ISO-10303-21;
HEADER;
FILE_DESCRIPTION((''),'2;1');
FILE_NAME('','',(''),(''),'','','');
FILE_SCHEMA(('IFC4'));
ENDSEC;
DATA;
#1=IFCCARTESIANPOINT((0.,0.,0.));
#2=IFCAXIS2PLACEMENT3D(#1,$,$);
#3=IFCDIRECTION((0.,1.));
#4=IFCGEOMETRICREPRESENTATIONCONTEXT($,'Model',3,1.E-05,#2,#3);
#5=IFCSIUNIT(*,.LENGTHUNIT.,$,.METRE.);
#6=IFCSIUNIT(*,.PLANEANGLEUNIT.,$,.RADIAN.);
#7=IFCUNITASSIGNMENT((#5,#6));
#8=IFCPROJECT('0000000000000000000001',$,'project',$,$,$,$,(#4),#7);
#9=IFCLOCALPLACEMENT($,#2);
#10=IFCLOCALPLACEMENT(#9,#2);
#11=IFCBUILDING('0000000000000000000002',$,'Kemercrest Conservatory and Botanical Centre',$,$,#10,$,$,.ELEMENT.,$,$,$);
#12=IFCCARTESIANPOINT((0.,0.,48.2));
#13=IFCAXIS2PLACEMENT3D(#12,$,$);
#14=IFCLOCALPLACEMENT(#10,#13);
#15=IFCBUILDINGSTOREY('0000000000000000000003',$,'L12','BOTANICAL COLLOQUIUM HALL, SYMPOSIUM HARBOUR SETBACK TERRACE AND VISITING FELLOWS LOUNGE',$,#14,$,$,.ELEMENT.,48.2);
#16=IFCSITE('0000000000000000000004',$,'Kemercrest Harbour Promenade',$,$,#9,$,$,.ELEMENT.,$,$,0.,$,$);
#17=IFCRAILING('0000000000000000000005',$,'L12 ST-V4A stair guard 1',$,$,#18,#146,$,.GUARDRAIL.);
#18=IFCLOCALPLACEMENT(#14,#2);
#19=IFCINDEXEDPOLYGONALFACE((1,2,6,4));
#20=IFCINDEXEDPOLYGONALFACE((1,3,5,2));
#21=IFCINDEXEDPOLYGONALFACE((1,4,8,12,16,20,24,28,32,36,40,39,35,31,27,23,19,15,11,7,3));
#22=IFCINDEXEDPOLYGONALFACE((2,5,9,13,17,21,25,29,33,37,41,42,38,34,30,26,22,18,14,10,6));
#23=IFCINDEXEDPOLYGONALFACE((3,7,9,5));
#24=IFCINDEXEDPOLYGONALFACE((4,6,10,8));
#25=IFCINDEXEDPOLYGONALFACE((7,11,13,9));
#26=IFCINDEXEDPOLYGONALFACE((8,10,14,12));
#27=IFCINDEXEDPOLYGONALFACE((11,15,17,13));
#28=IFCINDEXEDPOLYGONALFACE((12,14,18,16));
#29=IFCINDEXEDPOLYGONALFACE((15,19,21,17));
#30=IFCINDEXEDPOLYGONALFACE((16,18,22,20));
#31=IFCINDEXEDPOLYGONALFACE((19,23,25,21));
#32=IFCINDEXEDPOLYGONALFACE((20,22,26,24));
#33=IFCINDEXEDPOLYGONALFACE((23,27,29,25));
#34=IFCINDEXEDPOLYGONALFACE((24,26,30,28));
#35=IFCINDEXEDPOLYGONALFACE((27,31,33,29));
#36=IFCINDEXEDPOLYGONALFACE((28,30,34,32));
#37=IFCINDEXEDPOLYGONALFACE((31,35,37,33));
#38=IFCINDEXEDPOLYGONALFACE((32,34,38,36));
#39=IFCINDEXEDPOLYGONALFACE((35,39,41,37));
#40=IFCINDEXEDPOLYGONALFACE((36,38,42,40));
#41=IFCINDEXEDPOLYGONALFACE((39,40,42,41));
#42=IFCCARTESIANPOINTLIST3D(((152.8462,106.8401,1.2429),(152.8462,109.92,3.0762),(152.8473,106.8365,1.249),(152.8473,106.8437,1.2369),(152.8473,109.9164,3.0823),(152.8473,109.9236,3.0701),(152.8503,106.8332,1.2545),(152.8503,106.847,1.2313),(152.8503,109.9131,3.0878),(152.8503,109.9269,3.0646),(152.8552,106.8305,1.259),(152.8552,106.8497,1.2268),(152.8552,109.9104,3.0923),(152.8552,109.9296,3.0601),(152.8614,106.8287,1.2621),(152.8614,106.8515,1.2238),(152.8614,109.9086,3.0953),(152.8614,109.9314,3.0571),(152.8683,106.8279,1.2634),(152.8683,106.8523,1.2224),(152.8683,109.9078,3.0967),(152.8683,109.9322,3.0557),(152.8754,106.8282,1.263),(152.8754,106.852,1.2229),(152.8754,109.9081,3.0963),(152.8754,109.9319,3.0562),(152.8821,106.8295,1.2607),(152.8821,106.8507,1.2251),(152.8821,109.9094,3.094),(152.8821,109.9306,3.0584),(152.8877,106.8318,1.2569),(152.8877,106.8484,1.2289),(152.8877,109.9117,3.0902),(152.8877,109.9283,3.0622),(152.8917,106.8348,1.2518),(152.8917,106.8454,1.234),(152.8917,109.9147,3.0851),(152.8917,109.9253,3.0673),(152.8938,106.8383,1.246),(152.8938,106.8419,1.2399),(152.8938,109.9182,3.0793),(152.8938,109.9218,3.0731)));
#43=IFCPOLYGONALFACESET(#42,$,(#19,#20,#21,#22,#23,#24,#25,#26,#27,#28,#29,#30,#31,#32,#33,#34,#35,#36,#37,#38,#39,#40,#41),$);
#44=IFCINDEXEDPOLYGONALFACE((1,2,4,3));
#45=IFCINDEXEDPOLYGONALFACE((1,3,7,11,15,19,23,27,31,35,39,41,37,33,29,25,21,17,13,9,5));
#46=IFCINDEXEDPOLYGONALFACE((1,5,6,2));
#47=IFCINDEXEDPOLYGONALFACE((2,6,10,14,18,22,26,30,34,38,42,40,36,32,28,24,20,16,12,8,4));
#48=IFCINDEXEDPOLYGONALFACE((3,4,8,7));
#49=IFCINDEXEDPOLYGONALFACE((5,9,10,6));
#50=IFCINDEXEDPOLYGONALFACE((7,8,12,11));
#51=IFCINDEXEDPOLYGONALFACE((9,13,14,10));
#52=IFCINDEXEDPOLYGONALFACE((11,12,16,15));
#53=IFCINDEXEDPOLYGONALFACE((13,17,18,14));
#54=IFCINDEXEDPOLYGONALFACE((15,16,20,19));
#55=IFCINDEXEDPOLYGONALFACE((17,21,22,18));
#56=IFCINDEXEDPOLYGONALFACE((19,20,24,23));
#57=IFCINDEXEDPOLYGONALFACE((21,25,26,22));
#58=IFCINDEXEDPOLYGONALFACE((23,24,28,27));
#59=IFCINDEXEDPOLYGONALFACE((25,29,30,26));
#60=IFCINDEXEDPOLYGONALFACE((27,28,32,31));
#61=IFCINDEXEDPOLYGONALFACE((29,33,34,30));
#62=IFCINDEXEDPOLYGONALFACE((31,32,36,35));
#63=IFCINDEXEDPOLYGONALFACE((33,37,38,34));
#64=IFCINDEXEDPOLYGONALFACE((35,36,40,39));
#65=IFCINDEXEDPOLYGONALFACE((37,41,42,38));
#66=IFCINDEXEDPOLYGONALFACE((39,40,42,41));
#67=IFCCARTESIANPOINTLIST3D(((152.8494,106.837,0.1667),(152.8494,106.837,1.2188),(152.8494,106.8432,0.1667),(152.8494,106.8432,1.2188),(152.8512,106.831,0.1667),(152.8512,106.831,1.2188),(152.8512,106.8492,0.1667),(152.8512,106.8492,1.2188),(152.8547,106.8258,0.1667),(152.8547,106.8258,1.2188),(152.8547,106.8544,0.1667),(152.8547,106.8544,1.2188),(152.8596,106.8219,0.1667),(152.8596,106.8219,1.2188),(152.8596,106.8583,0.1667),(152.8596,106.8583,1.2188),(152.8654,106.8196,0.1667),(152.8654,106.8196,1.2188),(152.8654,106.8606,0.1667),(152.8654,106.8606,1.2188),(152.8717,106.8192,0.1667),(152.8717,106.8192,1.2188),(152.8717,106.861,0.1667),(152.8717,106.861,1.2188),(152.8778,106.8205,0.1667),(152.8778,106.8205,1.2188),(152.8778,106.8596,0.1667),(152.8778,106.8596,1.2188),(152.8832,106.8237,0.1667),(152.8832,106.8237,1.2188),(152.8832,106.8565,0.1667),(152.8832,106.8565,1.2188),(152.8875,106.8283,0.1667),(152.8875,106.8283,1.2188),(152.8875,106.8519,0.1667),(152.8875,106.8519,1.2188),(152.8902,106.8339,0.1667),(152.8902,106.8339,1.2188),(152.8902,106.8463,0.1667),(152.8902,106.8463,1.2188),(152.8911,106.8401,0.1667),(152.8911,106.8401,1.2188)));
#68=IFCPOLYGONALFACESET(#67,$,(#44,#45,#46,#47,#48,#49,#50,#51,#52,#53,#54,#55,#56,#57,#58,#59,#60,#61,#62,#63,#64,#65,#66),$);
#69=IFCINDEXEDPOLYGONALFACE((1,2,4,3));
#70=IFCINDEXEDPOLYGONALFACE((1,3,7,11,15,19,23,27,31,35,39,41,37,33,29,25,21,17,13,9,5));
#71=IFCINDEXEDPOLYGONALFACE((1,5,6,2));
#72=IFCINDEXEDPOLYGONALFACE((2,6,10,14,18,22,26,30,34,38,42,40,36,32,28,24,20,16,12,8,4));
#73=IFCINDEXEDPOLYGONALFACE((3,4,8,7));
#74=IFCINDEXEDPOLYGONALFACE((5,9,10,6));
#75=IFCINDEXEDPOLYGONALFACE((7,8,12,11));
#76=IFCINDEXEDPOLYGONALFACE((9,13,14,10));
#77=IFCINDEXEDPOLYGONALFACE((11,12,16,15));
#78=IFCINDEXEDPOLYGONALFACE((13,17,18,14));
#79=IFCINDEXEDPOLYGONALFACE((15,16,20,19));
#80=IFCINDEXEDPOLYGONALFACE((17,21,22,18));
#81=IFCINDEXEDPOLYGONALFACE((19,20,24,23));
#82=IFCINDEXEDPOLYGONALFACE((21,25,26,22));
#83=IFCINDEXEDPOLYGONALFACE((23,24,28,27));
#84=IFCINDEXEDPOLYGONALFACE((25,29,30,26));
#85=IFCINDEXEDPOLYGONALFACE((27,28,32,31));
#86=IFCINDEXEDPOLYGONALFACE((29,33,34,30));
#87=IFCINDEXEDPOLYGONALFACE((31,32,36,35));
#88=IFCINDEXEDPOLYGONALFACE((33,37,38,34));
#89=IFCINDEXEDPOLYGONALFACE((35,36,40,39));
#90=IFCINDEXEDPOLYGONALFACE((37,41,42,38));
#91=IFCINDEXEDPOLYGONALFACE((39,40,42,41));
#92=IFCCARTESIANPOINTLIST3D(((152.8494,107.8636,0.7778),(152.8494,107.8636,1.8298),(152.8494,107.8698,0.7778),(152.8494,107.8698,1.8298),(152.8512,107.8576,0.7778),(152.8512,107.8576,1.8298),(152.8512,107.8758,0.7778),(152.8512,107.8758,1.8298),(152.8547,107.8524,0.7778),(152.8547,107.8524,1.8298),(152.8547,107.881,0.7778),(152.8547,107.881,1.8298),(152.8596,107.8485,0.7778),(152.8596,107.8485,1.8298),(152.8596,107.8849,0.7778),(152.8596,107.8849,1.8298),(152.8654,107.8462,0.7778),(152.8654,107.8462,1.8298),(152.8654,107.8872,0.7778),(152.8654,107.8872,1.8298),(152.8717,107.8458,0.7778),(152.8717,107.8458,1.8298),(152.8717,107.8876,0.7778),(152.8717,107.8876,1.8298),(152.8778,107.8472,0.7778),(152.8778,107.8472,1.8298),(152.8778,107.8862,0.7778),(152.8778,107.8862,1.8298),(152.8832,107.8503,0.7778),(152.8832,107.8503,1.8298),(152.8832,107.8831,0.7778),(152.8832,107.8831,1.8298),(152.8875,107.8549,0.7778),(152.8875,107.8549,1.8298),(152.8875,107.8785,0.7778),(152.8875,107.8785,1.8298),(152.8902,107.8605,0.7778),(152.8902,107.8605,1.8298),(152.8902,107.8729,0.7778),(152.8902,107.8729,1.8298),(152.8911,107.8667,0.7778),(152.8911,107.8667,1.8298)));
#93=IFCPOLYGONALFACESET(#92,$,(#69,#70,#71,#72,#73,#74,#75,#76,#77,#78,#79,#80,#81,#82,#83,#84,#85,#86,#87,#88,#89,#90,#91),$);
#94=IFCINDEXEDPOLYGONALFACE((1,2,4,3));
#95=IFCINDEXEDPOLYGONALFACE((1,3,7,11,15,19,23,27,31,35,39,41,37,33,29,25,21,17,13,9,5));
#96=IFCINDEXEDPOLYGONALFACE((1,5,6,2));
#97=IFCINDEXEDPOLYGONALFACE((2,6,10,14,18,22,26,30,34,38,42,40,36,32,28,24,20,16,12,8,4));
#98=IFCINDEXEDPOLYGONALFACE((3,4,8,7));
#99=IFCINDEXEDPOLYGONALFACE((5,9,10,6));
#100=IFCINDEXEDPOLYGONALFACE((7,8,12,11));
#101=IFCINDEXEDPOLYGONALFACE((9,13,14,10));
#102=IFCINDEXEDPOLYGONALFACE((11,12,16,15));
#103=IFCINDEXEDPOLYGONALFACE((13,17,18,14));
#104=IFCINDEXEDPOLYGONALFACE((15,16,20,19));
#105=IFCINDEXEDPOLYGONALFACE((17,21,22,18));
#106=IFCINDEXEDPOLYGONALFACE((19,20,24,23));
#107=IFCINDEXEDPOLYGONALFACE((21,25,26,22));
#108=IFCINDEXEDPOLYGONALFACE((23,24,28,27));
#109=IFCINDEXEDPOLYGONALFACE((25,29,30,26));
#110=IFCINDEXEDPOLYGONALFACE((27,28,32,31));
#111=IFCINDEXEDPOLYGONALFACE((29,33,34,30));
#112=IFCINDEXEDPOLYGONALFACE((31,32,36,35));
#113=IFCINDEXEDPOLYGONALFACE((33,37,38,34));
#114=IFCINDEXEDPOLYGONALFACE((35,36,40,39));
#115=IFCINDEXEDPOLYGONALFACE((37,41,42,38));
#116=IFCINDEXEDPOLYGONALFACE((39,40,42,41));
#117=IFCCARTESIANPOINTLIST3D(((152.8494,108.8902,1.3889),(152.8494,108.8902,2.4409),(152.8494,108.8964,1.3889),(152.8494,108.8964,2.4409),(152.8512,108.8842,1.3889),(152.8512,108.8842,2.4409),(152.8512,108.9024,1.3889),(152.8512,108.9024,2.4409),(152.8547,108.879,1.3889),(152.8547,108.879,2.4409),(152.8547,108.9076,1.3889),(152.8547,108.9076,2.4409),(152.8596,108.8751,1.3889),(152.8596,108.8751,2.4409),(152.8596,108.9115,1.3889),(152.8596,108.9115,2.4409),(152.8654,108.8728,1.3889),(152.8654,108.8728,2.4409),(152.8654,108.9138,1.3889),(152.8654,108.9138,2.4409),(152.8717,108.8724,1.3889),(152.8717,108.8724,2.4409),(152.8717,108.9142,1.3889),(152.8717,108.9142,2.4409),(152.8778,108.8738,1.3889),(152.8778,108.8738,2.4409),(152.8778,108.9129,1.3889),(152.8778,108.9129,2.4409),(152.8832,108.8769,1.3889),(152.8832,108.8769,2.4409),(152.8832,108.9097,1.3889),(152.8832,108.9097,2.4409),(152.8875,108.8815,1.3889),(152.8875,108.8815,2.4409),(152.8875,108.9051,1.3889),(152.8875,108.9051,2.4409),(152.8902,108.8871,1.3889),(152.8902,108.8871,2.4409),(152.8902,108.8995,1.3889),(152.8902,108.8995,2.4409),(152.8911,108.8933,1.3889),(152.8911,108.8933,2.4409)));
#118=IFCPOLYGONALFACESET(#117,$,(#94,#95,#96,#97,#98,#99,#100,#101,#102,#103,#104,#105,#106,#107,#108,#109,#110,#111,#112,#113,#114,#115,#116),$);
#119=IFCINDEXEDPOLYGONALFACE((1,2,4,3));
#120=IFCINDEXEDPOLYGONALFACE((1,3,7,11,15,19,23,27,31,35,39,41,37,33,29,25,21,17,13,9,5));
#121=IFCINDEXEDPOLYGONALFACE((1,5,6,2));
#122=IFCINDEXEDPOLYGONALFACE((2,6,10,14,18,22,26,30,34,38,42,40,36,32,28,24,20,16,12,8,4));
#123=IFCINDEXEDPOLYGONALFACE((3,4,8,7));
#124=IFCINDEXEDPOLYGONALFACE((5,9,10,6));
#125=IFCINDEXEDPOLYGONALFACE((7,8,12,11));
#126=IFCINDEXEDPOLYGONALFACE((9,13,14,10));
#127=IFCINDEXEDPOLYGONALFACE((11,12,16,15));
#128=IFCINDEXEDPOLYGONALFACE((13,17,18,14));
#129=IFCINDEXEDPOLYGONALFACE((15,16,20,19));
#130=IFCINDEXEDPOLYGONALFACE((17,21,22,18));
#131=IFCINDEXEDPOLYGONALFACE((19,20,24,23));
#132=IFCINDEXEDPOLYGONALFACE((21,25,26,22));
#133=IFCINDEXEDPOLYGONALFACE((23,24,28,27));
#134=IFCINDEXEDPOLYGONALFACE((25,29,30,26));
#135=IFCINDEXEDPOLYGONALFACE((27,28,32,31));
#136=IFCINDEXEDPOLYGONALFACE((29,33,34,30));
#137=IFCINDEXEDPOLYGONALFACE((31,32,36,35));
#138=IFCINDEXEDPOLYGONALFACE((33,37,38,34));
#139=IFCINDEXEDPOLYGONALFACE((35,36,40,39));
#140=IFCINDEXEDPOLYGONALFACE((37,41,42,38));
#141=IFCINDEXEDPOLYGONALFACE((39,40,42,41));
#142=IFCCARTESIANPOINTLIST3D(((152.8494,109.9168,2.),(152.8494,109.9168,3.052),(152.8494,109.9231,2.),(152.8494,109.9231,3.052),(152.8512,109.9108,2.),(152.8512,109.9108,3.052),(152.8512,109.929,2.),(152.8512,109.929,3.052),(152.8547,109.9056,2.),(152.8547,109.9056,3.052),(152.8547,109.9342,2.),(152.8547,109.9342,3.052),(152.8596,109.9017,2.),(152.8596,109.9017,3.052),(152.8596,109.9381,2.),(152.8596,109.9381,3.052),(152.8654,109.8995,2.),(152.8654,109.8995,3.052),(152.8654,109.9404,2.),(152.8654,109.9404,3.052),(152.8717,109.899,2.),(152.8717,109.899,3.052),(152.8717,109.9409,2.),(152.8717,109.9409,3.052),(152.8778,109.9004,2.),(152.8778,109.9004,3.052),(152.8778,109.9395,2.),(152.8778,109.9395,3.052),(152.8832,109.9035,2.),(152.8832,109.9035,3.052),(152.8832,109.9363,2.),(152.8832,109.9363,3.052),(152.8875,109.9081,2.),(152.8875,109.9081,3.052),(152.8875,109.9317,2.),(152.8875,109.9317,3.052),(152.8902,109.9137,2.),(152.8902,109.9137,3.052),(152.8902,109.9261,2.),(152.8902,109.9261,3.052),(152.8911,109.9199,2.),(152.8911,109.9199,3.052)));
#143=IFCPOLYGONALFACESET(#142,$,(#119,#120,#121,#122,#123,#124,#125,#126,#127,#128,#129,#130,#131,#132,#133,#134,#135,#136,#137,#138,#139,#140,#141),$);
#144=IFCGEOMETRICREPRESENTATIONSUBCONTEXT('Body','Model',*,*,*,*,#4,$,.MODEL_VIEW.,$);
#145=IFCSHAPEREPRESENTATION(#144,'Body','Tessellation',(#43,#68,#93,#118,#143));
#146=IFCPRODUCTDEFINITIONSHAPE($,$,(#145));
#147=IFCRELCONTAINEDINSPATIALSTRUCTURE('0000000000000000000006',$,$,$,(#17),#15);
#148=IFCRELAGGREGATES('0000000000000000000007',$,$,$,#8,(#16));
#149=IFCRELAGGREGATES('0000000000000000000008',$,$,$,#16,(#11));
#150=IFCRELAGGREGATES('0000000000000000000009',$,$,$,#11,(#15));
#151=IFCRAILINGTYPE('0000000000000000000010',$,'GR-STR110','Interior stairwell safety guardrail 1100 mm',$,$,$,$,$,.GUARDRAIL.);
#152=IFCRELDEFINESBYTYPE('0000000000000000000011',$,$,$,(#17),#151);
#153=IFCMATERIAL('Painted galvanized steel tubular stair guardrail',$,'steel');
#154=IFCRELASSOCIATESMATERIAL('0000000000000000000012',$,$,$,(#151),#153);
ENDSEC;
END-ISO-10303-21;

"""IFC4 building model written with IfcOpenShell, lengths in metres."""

from ifc_helpers import new_model, si_unit, direction, frame, origin, origin_2d, place, context, subcontext, project, spatial, circle, extrude, material, type_object, element, save


model = new_model("IFC4")

# Units and contexts
model_context = context("Model", 3, precision=1e-05, world=origin(), true_north=direction((0.0, 1.0)))
body_context = subcontext(model_context, "Body", "Model", "MODEL_VIEW")
ifc_project = project(units=[si_unit("LENGTHUNIT", "METRE"), si_unit("PLANEANGLEUNIT", "RADIAN")], contexts=[model_context])

# Site, building, storey
site_placement = place(None, origin())
site = spatial("IfcSite", under=ifc_project, at=site_placement, Name="Kemercrest Harbour Promenade", CompositionType="ELEMENT", RefElevation=0.0)
building_placement = place(site_placement, origin())
building = spatial("IfcBuilding", under=site, at=building_placement, Name="Kemercrest Conservatory and Botanical Centre", CompositionType="ELEMENT")
storey_placement = place(building_placement, frame((0.0, 0.0, 48.2)))
storey = spatial("IfcBuildingStorey", under=building, at=storey_placement, Name="L12", Description="BOTANICAL COLLOQUIUM HALL, SYMPOSIUM HARBOUR SETBACK TERRACE AND VISITING FELLOWS LOUNGE", CompositionType="ELEMENT", Elevation=48.2)

# Railing
ifc_material_1 = material(Name="Painted galvanized steel tubular stair guardrail", Category="steel")
railing_type_1 = type_object("IfcRailingType", Name="GR-STR110", Description="Interior stairwell safety guardrail 1100 mm", PredefinedType="GUARDRAIL", material=ifc_material_1)
railing_1_placement = place(storey_placement, frame((152.8701, 106.8401, 0.1667)))
element("IfcRailing", 1, at=railing_1_placement, inside=storey, type_object=railing_type_1, Name="L12 ST-V4A stair guard 1", PredefinedType="GUARDRAIL", context=body_context, shape_type="SweptSolid", body=[
    extrude(circle(Radius=0.0239, at=origin_2d()), frame((0.0, 0.0, 1.0762), z_axis=(0.0, 0.859291, 0.511487), x_axis=(-1.0, 0.0, 0.0)), (0.0, 0.0, 1.0), 3.5842),
    extrude(circle(Radius=0.021, at=origin_2d()), origin(), (0.0, 0.0, 1.0), 1.052),
    extrude(circle(Radius=0.021, at=origin_2d()), frame((0.0, 1.0266, 0.6111)), (0.0, 0.0, 1.0), 1.052),
    extrude(circle(Radius=0.021, at=origin_2d()), frame((0.0, 2.0532, 1.2222)), (0.0, 0.0, 1.0), 1.052),
    extrude(circle(Radius=0.021, at=origin_2d()), frame((0.0, 3.0798, 1.8333)), (0.0, 0.0, 1.0), 1.052),
])

save(model, "model.ifc")
